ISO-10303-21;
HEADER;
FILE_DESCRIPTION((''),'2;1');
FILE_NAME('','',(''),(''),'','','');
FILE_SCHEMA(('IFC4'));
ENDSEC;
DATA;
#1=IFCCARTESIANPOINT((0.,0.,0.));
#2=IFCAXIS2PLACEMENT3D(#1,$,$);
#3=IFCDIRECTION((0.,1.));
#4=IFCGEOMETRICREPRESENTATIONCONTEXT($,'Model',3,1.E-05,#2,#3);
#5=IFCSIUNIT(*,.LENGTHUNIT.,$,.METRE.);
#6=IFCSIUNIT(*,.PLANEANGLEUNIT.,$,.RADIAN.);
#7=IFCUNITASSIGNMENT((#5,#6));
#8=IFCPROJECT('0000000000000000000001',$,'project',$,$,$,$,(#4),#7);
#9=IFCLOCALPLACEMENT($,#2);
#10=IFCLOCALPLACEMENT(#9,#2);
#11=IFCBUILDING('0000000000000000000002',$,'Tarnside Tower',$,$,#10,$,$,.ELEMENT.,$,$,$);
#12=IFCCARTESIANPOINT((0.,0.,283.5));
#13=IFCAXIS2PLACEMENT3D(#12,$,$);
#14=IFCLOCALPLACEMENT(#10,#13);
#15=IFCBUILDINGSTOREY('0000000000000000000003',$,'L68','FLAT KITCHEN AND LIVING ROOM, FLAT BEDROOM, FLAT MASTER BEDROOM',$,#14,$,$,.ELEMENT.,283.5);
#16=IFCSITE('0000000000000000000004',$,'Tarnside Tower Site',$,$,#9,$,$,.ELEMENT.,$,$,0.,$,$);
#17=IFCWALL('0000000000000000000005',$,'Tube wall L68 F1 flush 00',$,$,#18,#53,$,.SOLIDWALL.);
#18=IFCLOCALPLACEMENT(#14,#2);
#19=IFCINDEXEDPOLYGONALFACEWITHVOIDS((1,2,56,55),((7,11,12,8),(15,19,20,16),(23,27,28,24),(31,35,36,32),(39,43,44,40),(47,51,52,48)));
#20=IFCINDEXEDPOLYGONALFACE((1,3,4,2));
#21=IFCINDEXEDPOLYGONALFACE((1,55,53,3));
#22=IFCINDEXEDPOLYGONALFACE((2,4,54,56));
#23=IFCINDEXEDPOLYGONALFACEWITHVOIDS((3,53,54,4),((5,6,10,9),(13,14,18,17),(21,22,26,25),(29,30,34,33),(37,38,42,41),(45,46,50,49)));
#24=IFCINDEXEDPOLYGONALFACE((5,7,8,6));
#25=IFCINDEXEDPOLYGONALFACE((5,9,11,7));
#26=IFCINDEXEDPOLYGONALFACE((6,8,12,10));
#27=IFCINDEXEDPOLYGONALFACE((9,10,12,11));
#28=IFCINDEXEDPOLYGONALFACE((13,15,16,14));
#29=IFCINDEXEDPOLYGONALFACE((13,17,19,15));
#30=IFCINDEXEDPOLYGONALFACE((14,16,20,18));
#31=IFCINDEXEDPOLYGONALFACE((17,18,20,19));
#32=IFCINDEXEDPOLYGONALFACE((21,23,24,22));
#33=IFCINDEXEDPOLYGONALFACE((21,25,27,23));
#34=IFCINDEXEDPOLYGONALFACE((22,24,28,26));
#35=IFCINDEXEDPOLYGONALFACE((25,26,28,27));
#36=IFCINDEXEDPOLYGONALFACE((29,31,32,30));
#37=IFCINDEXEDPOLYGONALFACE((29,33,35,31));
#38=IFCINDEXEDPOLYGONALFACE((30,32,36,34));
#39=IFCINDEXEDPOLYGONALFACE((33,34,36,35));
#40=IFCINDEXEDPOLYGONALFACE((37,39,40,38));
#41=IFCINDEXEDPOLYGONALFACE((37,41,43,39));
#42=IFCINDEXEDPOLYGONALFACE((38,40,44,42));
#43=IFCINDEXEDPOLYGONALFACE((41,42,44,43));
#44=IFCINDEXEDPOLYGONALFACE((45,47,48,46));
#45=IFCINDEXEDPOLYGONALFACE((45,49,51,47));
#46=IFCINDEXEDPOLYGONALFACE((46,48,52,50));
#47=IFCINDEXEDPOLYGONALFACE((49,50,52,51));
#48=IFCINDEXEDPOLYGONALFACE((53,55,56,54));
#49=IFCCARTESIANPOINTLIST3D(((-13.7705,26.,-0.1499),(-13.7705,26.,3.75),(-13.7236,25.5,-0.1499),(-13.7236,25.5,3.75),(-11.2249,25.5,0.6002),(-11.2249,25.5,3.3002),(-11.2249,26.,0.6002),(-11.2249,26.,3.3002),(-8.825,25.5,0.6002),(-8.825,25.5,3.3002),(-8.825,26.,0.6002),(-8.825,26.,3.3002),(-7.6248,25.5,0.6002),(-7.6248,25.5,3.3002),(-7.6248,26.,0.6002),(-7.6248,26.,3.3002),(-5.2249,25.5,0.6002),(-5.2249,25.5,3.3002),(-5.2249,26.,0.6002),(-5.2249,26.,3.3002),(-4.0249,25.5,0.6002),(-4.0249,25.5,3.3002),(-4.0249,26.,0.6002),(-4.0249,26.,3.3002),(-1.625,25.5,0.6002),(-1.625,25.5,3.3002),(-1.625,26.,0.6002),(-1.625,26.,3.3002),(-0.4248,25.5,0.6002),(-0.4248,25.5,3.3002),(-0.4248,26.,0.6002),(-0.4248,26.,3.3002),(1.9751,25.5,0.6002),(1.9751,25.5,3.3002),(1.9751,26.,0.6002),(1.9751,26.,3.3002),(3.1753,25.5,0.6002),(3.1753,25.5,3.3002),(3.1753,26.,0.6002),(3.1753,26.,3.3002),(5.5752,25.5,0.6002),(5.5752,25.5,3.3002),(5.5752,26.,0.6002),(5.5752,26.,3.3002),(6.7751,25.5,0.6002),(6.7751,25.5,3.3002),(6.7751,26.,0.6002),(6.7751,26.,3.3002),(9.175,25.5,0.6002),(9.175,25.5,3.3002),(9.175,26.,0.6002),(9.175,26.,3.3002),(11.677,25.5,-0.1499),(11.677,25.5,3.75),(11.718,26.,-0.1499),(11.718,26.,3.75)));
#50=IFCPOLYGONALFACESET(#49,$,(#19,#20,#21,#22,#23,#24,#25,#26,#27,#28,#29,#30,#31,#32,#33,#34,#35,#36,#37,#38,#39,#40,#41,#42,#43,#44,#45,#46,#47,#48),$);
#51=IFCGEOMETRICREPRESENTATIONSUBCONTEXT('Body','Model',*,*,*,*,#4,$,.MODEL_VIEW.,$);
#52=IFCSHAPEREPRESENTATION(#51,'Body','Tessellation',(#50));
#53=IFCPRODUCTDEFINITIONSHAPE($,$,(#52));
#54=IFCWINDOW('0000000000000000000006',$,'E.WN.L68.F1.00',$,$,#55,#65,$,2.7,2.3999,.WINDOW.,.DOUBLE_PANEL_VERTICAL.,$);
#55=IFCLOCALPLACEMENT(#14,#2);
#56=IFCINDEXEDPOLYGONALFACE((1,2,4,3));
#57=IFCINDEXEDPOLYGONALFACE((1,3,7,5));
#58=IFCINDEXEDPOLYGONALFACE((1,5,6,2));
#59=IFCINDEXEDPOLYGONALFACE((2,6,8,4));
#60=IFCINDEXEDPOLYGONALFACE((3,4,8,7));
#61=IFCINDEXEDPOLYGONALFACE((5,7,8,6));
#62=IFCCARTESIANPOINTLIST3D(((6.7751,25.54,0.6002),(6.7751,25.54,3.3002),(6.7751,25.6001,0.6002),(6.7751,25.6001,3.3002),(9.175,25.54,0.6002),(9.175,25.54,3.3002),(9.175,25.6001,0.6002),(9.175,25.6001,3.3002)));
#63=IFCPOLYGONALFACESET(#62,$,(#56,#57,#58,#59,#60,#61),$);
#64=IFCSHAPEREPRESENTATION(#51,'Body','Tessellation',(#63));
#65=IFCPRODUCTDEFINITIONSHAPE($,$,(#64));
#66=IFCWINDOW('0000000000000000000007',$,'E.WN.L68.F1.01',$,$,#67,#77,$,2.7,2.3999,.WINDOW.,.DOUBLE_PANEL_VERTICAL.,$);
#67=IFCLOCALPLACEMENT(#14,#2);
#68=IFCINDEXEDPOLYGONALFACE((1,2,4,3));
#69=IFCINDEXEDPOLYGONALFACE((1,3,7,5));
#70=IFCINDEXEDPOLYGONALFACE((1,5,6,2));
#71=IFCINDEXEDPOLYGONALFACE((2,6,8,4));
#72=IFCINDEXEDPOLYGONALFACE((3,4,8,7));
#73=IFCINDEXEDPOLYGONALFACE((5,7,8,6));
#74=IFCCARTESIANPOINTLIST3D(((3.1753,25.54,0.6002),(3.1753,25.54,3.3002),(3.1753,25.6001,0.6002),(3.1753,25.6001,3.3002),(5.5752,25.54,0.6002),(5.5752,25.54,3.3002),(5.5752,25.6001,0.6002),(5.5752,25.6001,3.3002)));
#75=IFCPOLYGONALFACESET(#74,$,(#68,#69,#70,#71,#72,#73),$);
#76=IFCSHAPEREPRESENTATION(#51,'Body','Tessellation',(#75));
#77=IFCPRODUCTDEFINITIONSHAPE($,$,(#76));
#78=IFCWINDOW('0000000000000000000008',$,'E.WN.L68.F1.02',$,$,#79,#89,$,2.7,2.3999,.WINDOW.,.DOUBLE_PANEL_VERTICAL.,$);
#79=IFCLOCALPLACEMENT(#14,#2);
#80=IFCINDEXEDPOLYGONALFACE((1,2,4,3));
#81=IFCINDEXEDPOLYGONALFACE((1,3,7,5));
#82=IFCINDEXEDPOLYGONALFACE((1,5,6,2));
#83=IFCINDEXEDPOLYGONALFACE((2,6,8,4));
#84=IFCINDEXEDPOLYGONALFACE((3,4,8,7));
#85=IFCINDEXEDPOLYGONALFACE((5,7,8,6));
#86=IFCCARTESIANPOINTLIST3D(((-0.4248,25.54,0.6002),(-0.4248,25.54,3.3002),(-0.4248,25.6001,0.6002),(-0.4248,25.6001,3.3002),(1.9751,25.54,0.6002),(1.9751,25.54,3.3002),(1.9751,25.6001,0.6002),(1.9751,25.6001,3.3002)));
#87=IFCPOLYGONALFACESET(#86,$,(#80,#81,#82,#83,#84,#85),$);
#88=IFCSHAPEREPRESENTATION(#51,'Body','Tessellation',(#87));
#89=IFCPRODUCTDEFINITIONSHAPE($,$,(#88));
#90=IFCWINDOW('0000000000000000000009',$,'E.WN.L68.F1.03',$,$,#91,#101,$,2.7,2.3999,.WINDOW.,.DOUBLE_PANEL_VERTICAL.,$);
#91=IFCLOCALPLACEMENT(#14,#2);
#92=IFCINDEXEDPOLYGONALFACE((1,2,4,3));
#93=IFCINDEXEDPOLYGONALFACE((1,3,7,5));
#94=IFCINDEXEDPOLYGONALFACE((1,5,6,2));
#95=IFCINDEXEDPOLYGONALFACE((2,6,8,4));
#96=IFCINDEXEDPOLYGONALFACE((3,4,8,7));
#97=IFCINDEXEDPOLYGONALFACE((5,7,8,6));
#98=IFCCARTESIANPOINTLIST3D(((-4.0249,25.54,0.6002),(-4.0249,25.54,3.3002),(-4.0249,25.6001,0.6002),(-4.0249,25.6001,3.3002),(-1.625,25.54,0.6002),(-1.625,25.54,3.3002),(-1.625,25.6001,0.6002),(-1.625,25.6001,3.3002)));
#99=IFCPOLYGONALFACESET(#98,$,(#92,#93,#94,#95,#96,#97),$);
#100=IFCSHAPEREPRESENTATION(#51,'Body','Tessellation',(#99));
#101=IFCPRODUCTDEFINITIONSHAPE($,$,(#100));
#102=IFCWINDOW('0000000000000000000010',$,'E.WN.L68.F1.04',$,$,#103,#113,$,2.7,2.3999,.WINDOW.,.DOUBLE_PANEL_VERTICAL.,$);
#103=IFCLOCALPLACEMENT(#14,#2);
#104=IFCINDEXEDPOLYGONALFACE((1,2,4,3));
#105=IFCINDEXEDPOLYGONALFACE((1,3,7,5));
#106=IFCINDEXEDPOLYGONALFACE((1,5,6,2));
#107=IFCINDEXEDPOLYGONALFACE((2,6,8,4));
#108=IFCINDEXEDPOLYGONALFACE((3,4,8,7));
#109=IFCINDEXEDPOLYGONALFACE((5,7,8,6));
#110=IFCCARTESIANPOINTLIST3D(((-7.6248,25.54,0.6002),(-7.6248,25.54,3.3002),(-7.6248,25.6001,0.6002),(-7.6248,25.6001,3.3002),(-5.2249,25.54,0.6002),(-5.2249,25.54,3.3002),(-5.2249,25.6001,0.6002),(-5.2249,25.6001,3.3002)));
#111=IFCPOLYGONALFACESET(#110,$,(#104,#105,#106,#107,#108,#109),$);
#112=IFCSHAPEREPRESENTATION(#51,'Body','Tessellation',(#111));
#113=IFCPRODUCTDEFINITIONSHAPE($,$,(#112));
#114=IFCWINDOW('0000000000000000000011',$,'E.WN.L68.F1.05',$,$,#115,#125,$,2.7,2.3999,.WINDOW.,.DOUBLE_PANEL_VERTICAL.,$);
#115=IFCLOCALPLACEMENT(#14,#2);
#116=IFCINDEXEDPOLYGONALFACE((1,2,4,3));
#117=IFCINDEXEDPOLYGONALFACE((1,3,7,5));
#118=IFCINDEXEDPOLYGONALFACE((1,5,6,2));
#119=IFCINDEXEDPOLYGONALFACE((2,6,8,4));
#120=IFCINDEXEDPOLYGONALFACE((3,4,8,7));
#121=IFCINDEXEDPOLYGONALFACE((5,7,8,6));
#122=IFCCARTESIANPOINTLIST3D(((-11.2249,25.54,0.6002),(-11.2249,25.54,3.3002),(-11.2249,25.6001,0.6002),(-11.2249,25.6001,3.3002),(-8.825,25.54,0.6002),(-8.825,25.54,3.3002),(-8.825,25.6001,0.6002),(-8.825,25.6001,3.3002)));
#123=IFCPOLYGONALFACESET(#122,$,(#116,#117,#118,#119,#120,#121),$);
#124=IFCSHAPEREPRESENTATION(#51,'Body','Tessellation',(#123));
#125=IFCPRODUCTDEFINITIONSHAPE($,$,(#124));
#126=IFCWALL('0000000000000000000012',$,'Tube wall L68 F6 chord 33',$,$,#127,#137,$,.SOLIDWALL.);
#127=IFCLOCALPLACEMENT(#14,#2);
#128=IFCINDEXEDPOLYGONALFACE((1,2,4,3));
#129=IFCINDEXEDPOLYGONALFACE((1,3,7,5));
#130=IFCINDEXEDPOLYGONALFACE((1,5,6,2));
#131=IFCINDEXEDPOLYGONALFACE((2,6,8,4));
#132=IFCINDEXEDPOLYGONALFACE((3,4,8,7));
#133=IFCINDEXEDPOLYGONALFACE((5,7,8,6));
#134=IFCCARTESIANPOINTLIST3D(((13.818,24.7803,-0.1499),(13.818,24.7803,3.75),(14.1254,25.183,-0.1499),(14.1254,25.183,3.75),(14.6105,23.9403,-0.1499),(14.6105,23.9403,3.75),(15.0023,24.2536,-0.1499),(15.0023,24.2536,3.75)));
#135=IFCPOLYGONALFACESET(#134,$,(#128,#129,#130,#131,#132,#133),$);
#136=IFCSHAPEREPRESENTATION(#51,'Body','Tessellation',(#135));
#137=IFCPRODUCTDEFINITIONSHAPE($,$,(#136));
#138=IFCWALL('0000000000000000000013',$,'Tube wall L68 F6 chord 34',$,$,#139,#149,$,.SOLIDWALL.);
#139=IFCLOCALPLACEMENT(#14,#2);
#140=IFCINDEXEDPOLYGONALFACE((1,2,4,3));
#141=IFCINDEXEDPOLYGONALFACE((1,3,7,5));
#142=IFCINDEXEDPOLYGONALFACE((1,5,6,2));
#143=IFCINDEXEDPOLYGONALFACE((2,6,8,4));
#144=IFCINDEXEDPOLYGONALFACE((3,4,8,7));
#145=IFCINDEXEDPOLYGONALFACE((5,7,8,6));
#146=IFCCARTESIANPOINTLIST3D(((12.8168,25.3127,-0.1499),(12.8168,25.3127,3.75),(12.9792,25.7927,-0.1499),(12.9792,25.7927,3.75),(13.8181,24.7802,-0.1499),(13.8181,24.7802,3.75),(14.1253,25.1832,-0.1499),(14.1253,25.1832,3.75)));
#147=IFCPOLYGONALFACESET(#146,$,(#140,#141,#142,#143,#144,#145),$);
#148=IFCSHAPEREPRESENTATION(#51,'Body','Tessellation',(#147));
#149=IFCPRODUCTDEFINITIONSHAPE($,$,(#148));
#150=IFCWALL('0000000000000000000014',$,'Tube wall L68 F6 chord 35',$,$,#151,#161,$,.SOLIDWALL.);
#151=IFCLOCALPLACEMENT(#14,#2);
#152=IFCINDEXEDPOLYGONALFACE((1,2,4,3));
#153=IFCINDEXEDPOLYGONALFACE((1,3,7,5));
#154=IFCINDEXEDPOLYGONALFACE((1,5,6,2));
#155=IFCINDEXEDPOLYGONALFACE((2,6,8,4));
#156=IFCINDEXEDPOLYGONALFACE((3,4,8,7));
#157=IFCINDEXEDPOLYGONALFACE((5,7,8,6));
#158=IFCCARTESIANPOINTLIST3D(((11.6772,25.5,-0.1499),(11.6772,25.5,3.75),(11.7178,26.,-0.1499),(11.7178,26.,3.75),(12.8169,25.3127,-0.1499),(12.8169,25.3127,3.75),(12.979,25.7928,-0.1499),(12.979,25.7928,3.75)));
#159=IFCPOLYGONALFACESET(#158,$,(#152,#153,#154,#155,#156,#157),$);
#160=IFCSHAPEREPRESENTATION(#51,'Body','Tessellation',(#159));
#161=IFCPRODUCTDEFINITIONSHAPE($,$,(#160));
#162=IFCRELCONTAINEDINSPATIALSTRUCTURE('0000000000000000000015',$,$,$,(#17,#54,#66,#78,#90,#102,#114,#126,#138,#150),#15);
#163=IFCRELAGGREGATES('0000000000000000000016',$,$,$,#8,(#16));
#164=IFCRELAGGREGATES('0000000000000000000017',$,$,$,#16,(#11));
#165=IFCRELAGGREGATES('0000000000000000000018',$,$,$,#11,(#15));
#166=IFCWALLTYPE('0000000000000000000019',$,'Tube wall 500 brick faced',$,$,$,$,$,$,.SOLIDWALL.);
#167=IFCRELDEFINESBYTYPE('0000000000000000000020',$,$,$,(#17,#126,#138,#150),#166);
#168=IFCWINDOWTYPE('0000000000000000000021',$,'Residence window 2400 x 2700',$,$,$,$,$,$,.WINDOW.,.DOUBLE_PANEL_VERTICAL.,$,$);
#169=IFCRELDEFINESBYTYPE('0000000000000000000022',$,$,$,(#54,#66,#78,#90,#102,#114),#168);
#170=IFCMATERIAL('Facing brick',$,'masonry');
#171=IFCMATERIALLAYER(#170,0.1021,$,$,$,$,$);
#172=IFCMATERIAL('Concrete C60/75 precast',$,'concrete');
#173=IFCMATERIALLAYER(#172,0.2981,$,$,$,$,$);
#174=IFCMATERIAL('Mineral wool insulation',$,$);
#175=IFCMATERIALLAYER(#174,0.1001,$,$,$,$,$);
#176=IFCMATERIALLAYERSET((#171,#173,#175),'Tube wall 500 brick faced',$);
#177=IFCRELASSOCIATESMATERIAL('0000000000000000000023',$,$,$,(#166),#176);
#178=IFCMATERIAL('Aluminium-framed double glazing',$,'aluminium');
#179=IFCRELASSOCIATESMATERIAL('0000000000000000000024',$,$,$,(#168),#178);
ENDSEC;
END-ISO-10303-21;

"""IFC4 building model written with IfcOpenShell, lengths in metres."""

from ifc_helpers import new_model, si_unit, direction, frame, frame_2d, origin, place, context, subcontext, project, spatial, polyline, rectangle, outline, extrude, material, layer, layer_set, type_object, element, fill, save


model = new_model("IFC4")

# Units and contexts
model_context = context("Model", 3, precision=1e-05, world=origin(), true_north=direction((0.0, 1.0)))
body_context = subcontext(model_context, "Body", "Model", "MODEL_VIEW")
ifc_project = project(units=[si_unit("LENGTHUNIT", "METRE"), si_unit("PLANEANGLEUNIT", "RADIAN")], contexts=[model_context])

# Site, building, storey
site_placement = place(None, origin())
site = spatial("IfcSite", under=ifc_project, at=site_placement, Name="Tarnside Tower Site", CompositionType="ELEMENT", RefElevation=0.0)
building_placement = place(site_placement, origin())
building = spatial("IfcBuilding", under=site, at=building_placement, Name="Tarnside Tower", CompositionType="ELEMENT")
storey_placement = place(building_placement, frame((0.0, 0.0, 283.5)))
storey = spatial("IfcBuildingStorey", under=building, at=storey_placement, Name="L68", Description="FLAT KITCHEN AND LIVING ROOM, FLAT BEDROOM, FLAT MASTER BEDROOM", CompositionType="ELEMENT", Elevation=283.5)

# Shared definitions
ifc_material_1 = material(Name="Concrete C60/75 precast", Category="concrete")
ifc_material_2 = material(Name="Mineral wool insulation")

# Wall, openings, windows
ifc_material_3 = material(Name="Facing brick", Category="masonry")
ifc_layer_1 = layer(ifc_material_3, 0.1021)
ifc_layer_2 = layer(ifc_material_1, 0.2981)
ifc_layer_3 = layer(ifc_material_2, 0.1001)
ifc_layer_set_1 = layer_set([ifc_layer_1, ifc_layer_2, ifc_layer_3], Name="Tube wall 500 brick faced")
wall_type_1 = type_object("IfcWallType", Name="Tube wall 500 brick faced", PredefinedType="SOLIDWALL", material=ifc_layer_set_1)
wall_1_placement = place(storey_placement, frame((11.6975, 25.75, -0.1499), z_axis=(0.0, 0.0, 1.0), x_axis=(-1.0, 0.0, 0.0)))
wall_1 = element("IfcWall", 1, at=wall_1_placement, inside=storey, type_object=wall_type_1, Name="Tube wall L68 F1 flush 00", PredefinedType="SOLIDWALL", context=body_context, shape_type="SweptSolid", body=[
    extrude(outline(polyline([(-0.0205, -0.25), (25.468, -0.25), (25.4211, 0.25), (0.0205, 0.25), (-0.0205, -0.25)])), origin(), (0.0, 0.0, 1.0), 3.8999),
])
opening_1_placement = place(wall_1_placement, frame((2.5225, 0.0, 0.75)))
opening_1 = element("IfcOpeningElement", 2, at=opening_1_placement, cuts=wall_1, PredefinedType="OPENING", context=body_context, shape_type="SweptSolid", body=[
    extrude(rectangle(XDim=2.3999, YDim=2.7, at=frame_2d((1.2, 1.3501))), frame((0.0, 0.26, 0.0), z_axis=(0.0, -1.0, 0.0), x_axis=(1.0, 0.0, 0.0)), (0.0, 0.0, 1.0), 0.52),
])
opening_2_placement = place(wall_1_placement, frame((6.1223, 0.0, 0.75)))
opening_2 = element("IfcOpeningElement", 3, at=opening_2_placement, cuts=wall_1, PredefinedType="OPENING", context=body_context, shape_type="SweptSolid", body=[
    extrude(rectangle(XDim=2.3999, YDim=2.7, at=frame_2d((1.2, 1.3501))), frame((0.0, 0.26, 0.0), z_axis=(0.0, -1.0, 0.0), x_axis=(1.0, 0.0, 0.0)), (0.0, 0.0, 1.0), 0.52),
])
opening_3_placement = place(wall_1_placement, frame((9.7224, 0.0, 0.75)))
opening_3 = element("IfcOpeningElement", 4, at=opening_3_placement, cuts=wall_1, PredefinedType="OPENING", context=body_context, shape_type="SweptSolid", body=[
    extrude(rectangle(XDim=2.3999, YDim=2.7, at=frame_2d((1.2, 1.3501))), frame((0.0, 0.26, 0.0), z_axis=(0.0, -1.0, 0.0), x_axis=(1.0, 0.0, 0.0)), (0.0, 0.0, 1.0), 0.52),
])
opening_4_placement = place(wall_1_placement, frame((13.3225, 0.0, 0.75)))
opening_4 = element("IfcOpeningElement", 5, at=opening_4_placement, cuts=wall_1, PredefinedType="OPENING", context=body_context, shape_type="SweptSolid", body=[
    extrude(rectangle(XDim=2.3999, YDim=2.7, at=frame_2d((1.2, 1.3501))), frame((0.0, 0.26, 0.0), z_axis=(0.0, -1.0, 0.0), x_axis=(1.0, 0.0, 0.0)), (0.0, 0.0, 1.0), 0.52),
])
opening_5_placement = place(wall_1_placement, frame((16.9224, 0.0, 0.75)))
opening_5 = element("IfcOpeningElement", 6, at=opening_5_placement, cuts=wall_1, PredefinedType="OPENING", context=body_context, shape_type="SweptSolid", body=[
    extrude(rectangle(XDim=2.3999, YDim=2.7, at=frame_2d((1.2, 1.3501))), frame((0.0, 0.26, 0.0), z_axis=(0.0, -1.0, 0.0), x_axis=(1.0, 0.0, 0.0)), (0.0, 0.0, 1.0), 0.52),
])
opening_6_placement = place(wall_1_placement, frame((20.5225, 0.0, 0.75)))
opening_6 = element("IfcOpeningElement", 7, at=opening_6_placement, cuts=wall_1, PredefinedType="OPENING", context=body_context, shape_type="SweptSolid", body=[
    extrude(rectangle(XDim=2.3999, YDim=2.7, at=frame_2d((1.2, 1.3501))), frame((0.0, 0.26, 0.0), z_axis=(0.0, -1.0, 0.0), x_axis=(1.0, 0.0, 0.0)), (0.0, 0.0, 1.0), 0.52),
])
ifc_material_4 = material(Name="Aluminium-framed double glazing", Category="aluminium")
window_type = type_object("IfcWindowType", Name="Residence window 2400 x 2700", PartitioningType="DOUBLE_PANEL_VERTICAL", PredefinedType="WINDOW", material=ifc_material_4)
window_1_placement = place(opening_1_placement, frame((0.0, 0.1799, 0.0)))
window_1 = element("IfcWindow", 8, at=window_1_placement, inside=storey, type_object=window_type, Name="E.WN.L68.F1.00", OverallHeight=2.7, OverallWidth=2.3999, PartitioningType="DOUBLE_PANEL_VERTICAL", PredefinedType="WINDOW", context=body_context, shape_type="SweptSolid", body=[
    extrude(rectangle(XDim=2.3999, YDim=2.7, at=frame_2d((1.2, 1.3501))), frame((0.0, 0.03, 0.0), z_axis=(0.0, -1.0, 0.0), x_axis=(1.0, 0.0, 0.0)), (0.0, 0.0, 1.0), 0.0601),
])
fill(opening_1, window_1)
window_2_placement = place(opening_2_placement, frame((0.0, 0.1799, 0.0)))
window_2 = element("IfcWindow", 9, at=window_2_placement, inside=storey, type_object=window_type, Name="E.WN.L68.F1.01", OverallHeight=2.7, OverallWidth=2.3999, PartitioningType="DOUBLE_PANEL_VERTICAL", PredefinedType="WINDOW", context=body_context, shape_type="SweptSolid", body=[
    extrude(rectangle(XDim=2.3999, YDim=2.7, at=frame_2d((1.2, 1.3501))), frame((0.0, 0.03, 0.0), z_axis=(0.0, -1.0, 0.0), x_axis=(1.0, 0.0, 0.0)), (0.0, 0.0, 1.0), 0.0601),
])
fill(opening_2, window_2)
window_3_placement = place(opening_3_placement, frame((0.0, 0.1799, 0.0)))
window_3 = element("IfcWindow", 10, at=window_3_placement, inside=storey, type_object=window_type, Name="E.WN.L68.F1.02", OverallHeight=2.7, OverallWidth=2.3999, PartitioningType="DOUBLE_PANEL_VERTICAL", PredefinedType="WINDOW", context=body_context, shape_type="SweptSolid", body=[
    extrude(rectangle(XDim=2.3999, YDim=2.7, at=frame_2d((1.2, 1.3501))), frame((0.0, 0.03, 0.0), z_axis=(0.0, -1.0, 0.0), x_axis=(1.0, 0.0, 0.0)), (0.0, 0.0, 1.0), 0.0601),
])
fill(opening_3, window_3)
window_4_placement = place(opening_4_placement, frame((0.0, 0.1799, 0.0)))
window_4 = element("IfcWindow", 11, at=window_4_placement, inside=storey, type_object=window_type, Name="E.WN.L68.F1.03", OverallHeight=2.7, OverallWidth=2.3999, PartitioningType="DOUBLE_PANEL_VERTICAL", PredefinedType="WINDOW", context=body_context, shape_type="SweptSolid", body=[
    extrude(rectangle(XDim=2.3999, YDim=2.7, at=frame_2d((1.2, 1.3501))), frame((0.0, 0.03, 0.0), z_axis=(0.0, -1.0, 0.0), x_axis=(1.0, 0.0, 0.0)), (0.0, 0.0, 1.0), 0.0601),
])
fill(opening_4, window_4)
window_5_placement = place(opening_5_placement, frame((0.0, 0.1799, 0.0)))
window_5 = element("IfcWindow", 12, at=window_5_placement, inside=storey, type_object=window_type, Name="E.WN.L68.F1.04", OverallHeight=2.7, OverallWidth=2.3999, PartitioningType="DOUBLE_PANEL_VERTICAL", PredefinedType="WINDOW", context=body_context, shape_type="SweptSolid", body=[
    extrude(rectangle(XDim=2.3999, YDim=2.7, at=frame_2d((1.2, 1.3501))), frame((0.0, 0.03, 0.0), z_axis=(0.0, -1.0, 0.0), x_axis=(1.0, 0.0, 0.0)), (0.0, 0.0, 1.0), 0.0601),
])
fill(opening_5, window_5)
window_6_placement = place(opening_6_placement, frame((0.0, 0.1799, 0.0)))
window_6 = element("IfcWindow", 13, at=window_6_placement, inside=storey, type_object=window_type, Name="E.WN.L68.F1.05", OverallHeight=2.7, OverallWidth=2.3999, PartitioningType="DOUBLE_PANEL_VERTICAL", PredefinedType="WINDOW", context=body_context, shape_type="SweptSolid", body=[
    extrude(rectangle(XDim=2.3999, YDim=2.7, at=frame_2d((1.2, 1.3501))), frame((0.0, 0.03, 0.0), z_axis=(0.0, -1.0, 0.0), x_axis=(1.0, 0.0, 0.0)), (0.0, 0.0, 1.0), 0.0601),
])
fill(opening_6, window_6)

# Walls
wall_2_placement = place(storey_placement, frame((14.8064, 24.0969, -0.1499), z_axis=(0.0, 0.0, 1.0), x_axis=(-0.686234, 0.72738, 0.0)))
element("IfcWall", 14, at=wall_2_placement, inside=storey, type_object=wall_type_1, Name="Tube wall L68 F6 chord 33", PredefinedType="SOLIDWALL", context=body_context, shape_type="SweptSolid", body=[
    extrude(outline(polyline([(-0.0205, -0.25), (1.2573, -0.25), (1.1753, 0.25), (0.0205, 0.25), (-0.0205, -0.25)])), origin(), (0.0, 0.0, 1.0), 3.8999),
])
wall_3_placement = place(storey_placement, frame((13.9717, 24.9817, -0.1499), z_axis=(0.0, 0.0, 1.0), x_axis=(-0.882902, 0.469556, 0.0)))
element("IfcWall", 15, at=wall_3_placement, inside=storey, type_object=wall_type_1, Name="Tube wall L68 F6 chord 34", PredefinedType="SOLIDWALL", context=body_context, shape_type="SweptSolid", body=[
    extrude(outline(polyline([(-0.041, -0.25), (1.2571, -0.25), (1.175, 0.25), (0.041, 0.25), (-0.041, -0.25)])), origin(), (0.0, 0.0, 1.0), 3.8999),
])
wall_4_placement = place(storey_placement, frame((12.8979, 25.5527, -0.1499), z_axis=(0.0, 0.0, 1.0), x_axis=(-0.986766, 0.162153, 0.0)))
element("IfcWall", 16, at=wall_4_placement, inside=storey, type_object=wall_type_1, Name="Tube wall L68 F6 chord 35", PredefinedType="SOLIDWALL", context=body_context, shape_type="SweptSolid", body=[
    extrude(outline(polyline([(-0.041, -0.25), (1.2371, -0.25), (1.196, 0.25), (0.041, 0.25), (-0.041, -0.25)])), origin(), (0.0, 0.0, 1.0), 3.8999),
])

save(model, "model.ifc")
